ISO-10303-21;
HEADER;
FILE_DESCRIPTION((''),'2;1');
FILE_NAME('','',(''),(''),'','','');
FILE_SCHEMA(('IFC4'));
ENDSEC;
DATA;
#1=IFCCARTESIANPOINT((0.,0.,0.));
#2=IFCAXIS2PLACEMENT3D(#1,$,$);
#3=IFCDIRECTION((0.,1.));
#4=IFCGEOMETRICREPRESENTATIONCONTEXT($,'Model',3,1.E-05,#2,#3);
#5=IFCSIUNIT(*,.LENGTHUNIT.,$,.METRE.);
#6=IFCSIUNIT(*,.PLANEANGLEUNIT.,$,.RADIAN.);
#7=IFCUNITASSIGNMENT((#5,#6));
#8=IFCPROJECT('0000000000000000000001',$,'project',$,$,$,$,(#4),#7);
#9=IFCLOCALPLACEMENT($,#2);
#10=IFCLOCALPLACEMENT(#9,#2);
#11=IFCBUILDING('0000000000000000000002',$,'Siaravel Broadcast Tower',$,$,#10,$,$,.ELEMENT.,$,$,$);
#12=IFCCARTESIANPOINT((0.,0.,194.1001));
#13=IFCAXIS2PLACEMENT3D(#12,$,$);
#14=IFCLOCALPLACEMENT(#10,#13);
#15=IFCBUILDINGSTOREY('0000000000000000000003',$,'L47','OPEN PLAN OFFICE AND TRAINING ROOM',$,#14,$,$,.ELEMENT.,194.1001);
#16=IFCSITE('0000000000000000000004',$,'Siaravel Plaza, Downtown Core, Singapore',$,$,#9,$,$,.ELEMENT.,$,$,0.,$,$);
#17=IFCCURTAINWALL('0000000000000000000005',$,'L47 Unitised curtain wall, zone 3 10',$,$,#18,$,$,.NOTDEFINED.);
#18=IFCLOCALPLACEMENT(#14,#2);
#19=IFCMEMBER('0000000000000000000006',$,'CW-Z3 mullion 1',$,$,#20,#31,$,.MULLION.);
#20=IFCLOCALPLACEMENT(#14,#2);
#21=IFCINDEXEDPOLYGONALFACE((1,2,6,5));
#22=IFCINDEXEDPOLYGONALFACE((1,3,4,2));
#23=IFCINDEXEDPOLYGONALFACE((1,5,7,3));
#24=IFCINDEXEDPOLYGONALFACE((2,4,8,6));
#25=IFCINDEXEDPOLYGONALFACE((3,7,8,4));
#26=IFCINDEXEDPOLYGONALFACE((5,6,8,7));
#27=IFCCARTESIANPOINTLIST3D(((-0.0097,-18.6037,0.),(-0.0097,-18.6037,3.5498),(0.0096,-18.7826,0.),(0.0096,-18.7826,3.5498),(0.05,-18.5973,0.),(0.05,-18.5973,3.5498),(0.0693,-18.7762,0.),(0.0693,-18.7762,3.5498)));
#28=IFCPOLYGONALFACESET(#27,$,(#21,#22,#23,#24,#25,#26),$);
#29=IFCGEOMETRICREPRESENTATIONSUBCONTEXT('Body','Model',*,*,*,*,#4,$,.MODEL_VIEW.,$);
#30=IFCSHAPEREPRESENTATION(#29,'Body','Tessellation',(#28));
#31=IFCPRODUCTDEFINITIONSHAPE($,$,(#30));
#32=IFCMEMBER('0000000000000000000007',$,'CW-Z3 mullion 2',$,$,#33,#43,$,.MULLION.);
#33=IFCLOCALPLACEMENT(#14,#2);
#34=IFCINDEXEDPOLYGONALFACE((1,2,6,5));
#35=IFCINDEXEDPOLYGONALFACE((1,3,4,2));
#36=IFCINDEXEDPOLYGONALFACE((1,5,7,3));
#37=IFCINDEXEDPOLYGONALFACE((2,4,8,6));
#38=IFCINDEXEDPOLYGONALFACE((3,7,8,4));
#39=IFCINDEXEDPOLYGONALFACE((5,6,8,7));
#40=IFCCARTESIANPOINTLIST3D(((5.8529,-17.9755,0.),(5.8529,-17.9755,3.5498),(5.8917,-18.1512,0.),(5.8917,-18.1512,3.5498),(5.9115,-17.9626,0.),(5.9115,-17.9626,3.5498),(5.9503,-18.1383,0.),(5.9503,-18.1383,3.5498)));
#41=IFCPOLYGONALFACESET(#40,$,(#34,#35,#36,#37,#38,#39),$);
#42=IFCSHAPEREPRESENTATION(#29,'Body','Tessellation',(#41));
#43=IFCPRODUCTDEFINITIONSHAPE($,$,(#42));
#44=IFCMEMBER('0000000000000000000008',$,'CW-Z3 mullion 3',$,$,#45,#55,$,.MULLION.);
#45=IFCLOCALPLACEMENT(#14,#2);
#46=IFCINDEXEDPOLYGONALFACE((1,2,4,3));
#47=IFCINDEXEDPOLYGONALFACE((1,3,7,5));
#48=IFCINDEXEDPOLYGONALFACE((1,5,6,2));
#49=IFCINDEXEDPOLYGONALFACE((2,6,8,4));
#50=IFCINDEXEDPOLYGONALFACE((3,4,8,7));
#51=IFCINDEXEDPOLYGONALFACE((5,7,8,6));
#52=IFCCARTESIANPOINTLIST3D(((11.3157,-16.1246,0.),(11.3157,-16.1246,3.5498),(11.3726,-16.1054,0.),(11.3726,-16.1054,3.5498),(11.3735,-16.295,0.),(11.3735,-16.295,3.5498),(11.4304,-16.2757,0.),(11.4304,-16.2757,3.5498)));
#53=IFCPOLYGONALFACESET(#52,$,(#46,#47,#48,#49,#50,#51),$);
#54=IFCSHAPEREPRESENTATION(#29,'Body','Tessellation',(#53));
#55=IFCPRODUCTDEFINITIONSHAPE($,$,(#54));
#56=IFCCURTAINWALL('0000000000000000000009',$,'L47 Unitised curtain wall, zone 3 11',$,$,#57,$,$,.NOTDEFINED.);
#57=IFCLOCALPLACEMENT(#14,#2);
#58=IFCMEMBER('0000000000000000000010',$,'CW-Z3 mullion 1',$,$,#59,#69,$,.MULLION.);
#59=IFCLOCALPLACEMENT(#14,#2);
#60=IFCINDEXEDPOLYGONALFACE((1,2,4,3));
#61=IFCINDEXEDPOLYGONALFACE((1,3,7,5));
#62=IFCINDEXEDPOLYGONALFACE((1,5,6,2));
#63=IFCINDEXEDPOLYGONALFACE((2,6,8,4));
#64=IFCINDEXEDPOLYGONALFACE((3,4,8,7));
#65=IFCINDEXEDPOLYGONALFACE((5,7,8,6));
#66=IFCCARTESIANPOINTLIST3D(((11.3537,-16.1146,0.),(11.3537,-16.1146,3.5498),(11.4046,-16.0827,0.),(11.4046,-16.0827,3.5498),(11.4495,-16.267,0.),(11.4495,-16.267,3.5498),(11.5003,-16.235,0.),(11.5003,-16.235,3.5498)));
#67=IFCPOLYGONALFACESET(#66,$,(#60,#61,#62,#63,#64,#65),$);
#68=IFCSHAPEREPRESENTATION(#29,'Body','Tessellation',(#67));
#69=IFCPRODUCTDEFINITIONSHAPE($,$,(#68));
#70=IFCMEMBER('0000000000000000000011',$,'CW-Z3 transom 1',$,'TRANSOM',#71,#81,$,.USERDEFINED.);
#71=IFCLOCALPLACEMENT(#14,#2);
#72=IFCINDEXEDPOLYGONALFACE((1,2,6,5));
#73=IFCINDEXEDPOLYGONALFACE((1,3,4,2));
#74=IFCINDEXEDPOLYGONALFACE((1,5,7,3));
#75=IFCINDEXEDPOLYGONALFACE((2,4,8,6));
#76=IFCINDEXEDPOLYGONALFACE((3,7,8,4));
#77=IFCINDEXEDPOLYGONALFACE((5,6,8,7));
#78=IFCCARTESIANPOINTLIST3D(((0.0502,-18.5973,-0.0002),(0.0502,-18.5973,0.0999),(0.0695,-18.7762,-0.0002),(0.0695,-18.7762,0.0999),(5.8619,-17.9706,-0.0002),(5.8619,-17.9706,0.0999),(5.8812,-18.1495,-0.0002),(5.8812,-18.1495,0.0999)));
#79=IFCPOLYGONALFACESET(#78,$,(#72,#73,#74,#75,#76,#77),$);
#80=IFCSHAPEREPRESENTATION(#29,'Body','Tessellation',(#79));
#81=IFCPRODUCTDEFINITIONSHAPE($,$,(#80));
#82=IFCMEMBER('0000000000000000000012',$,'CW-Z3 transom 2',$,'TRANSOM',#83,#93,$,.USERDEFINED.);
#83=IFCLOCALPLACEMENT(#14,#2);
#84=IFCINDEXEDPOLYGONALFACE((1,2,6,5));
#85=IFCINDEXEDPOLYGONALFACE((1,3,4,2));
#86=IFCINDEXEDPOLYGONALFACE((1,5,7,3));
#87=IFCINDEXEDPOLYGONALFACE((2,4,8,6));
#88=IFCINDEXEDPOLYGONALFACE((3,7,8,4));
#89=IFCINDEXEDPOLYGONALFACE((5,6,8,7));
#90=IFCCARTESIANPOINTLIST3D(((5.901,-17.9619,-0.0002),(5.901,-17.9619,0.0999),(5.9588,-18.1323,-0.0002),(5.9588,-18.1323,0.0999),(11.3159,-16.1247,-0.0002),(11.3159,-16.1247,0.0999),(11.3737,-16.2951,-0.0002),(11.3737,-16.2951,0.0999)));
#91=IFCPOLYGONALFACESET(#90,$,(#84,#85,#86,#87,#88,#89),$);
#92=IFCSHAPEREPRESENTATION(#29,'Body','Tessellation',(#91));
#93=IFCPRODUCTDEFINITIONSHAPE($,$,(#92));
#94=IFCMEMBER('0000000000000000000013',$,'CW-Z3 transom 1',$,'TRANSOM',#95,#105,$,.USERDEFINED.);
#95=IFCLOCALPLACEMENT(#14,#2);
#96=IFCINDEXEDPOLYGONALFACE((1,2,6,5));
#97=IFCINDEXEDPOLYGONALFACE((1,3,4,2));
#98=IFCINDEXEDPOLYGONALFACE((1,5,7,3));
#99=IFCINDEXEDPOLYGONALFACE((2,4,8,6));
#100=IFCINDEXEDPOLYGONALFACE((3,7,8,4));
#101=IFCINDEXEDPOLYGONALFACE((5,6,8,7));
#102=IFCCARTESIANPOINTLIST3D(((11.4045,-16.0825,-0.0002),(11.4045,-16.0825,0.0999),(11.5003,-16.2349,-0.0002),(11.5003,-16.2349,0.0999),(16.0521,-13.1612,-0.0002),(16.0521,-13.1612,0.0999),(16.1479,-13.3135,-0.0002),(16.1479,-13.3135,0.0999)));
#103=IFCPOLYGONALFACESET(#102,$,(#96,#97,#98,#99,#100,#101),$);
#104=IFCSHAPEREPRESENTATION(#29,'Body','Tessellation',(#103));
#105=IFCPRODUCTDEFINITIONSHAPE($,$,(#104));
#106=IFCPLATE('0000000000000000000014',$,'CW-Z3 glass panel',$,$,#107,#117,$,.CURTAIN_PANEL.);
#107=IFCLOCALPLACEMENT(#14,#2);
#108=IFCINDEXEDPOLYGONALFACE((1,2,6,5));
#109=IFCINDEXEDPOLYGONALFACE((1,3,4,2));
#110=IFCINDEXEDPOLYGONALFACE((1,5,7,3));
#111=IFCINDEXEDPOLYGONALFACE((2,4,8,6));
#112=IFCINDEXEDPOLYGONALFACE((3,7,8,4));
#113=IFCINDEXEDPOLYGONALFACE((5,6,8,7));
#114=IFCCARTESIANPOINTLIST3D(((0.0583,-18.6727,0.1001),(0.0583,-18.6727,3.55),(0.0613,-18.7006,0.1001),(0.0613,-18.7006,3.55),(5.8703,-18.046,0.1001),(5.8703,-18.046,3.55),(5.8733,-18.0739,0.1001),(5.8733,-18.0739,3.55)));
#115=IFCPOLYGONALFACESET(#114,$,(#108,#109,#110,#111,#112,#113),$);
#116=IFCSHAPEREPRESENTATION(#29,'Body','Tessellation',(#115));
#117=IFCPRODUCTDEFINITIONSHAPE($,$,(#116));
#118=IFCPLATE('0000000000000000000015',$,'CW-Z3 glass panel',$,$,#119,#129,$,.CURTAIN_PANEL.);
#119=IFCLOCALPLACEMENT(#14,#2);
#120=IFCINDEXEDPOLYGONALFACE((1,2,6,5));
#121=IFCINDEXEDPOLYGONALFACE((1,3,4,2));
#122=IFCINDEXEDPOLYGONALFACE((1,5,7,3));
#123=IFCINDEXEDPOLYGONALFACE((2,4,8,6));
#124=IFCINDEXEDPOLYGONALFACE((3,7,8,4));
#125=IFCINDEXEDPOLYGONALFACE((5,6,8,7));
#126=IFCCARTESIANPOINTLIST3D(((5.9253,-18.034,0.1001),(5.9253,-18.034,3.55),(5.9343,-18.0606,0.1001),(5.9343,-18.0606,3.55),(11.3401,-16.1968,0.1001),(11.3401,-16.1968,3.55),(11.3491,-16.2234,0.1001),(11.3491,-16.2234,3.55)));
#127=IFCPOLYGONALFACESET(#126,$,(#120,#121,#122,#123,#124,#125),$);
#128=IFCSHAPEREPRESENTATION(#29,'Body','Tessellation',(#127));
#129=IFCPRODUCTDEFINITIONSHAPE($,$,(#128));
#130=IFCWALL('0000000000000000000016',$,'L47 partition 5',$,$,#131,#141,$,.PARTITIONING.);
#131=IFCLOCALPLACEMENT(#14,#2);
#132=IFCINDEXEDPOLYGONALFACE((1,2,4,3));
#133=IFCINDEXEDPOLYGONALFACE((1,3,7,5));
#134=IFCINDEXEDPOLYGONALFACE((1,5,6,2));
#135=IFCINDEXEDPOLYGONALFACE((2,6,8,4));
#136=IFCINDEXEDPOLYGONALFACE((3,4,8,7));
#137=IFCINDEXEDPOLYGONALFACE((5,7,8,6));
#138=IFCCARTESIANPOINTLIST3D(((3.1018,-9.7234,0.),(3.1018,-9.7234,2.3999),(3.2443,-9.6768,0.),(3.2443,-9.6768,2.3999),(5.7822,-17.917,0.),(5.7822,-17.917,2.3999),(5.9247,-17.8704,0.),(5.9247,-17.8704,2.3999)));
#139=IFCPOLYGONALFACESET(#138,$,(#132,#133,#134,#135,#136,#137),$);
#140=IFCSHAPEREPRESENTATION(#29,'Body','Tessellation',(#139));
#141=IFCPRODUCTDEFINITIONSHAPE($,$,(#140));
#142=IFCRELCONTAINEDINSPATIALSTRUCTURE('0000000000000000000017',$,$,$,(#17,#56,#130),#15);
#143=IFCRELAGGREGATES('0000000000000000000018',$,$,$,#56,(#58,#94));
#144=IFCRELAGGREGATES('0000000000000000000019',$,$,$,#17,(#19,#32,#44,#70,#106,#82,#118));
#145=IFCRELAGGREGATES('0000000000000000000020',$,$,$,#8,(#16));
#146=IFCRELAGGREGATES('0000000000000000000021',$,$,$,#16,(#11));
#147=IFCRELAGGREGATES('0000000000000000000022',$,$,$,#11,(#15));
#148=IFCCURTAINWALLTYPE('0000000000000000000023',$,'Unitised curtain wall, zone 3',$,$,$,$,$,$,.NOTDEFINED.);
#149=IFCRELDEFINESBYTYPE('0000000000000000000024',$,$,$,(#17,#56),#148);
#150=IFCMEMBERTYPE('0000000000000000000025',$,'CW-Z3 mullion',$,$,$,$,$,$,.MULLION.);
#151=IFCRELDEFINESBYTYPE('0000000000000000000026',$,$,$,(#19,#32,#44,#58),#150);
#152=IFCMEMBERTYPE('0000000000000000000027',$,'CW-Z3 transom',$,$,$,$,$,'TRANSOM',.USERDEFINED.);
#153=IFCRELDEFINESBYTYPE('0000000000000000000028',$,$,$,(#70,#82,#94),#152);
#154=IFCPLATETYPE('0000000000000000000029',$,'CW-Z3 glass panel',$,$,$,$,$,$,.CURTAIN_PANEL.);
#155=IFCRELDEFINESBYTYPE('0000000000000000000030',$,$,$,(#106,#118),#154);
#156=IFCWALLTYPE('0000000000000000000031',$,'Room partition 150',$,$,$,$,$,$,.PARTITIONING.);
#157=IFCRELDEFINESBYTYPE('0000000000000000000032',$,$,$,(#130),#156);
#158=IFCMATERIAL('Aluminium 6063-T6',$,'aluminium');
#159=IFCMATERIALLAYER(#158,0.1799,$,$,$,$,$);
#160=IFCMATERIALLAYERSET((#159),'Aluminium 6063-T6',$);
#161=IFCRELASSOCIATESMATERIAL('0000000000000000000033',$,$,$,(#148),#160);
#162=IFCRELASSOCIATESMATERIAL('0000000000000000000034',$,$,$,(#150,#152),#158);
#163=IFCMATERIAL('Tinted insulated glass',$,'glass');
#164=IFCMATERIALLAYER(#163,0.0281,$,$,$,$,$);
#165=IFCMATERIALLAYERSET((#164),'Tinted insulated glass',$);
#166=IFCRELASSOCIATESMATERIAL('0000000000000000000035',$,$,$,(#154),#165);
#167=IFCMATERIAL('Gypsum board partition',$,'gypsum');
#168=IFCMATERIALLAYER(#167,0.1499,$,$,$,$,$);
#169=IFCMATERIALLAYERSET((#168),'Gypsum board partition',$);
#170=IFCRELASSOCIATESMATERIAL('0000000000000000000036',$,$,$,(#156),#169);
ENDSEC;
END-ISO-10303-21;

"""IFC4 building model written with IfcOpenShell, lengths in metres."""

from ifc_helpers import new_model, si_unit, direction, frame, frame_2d, origin, origin_2d, place, context, subcontext, project, spatial, rectangle, extrude, material, layer, layer_set, material_profile, profile_set, type_object, element, aggregate, save


model = new_model("IFC4")

# Units and contexts
model_context = context("Model", 3, precision=1e-05, world=origin(), true_north=direction((0.0, 1.0)))
body_context = subcontext(model_context, "Body", "Model", "MODEL_VIEW")
ifc_project = project(units=[si_unit("LENGTHUNIT", "METRE"), si_unit("PLANEANGLEUNIT", "RADIAN")], contexts=[model_context])

# Site, building, storey
site_placement = place(None, origin())
site = spatial("IfcSite", under=ifc_project, at=site_placement, Name="Siaravel Plaza, Downtown Core, Singapore", CompositionType="ELEMENT", RefElevation=0.0)
building_placement = place(site_placement, origin())
building = spatial("IfcBuilding", under=site, at=building_placement, Name="Siaravel Broadcast Tower", CompositionType="ELEMENT")
storey_placement = place(building_placement, frame((0.0, 0.0, 194.1001)))
storey = spatial("IfcBuildingStorey", under=building, at=storey_placement, Name="L47", Description="OPEN PLAN OFFICE AND TRAINING ROOM", CompositionType="ELEMENT", Elevation=194.1001)

# Curtain wall, members
ifc_material_1 = material(Name="Aluminium 6063-T6", Category="aluminium")
ifc_layer_1 = layer(ifc_material_1, 0.1799)
ifc_layer_set_1 = layer_set([ifc_layer_1], Name="Aluminium 6063-T6")
curtain_wall_type = type_object("IfcCurtainWallType", Name="Unitised curtain wall, zone 3", PredefinedType="NOTDEFINED", material=ifc_layer_set_1)
curtain_wall_1_placement = place(storey_placement, origin())
curtain_wall_1 = element("IfcCurtainWall", 1, at=curtain_wall_1_placement, inside=storey, type_object=curtain_wall_type, Name="L47 Unitised curtain wall, zone 3 10", PredefinedType="NOTDEFINED")
ifc_material_profile_1 = material_profile(ifc_material_1, rectangle(XDim=0.1799, YDim=0.0601, at=origin_2d()))
ifc_profile_set_1 = profile_set([ifc_material_profile_1], Name="Aluminium 6063-T6")
member_type_1 = type_object("IfcMemberType", Name="CW-Z3 mullion", PredefinedType="MULLION", material=ifc_profile_set_1)
member_1_placement = place(storey_placement, frame((0.0298, -18.6899, 0.0), z_axis=(0.0, 0.0, 1.0), x_axis=(-0.107217, 0.994236, 0.0)))
member_1 = element("IfcMember", 2, at=member_1_placement, type_object=member_type_1, Name="CW-Z3 mullion 1", PredefinedType="MULLION", context=body_context, shape_type="SweptSolid", body=[
    extrude(rectangle(XDim=0.1799, YDim=0.0601, at=origin_2d()), origin(), (0.0, 0.0, 1.0), 3.5498),
])
member_2_placement = place(storey_placement, frame((5.9016, -18.0569, 0.0), z_axis=(0.0, 0.0, 1.0), x_axis=(-0.215558, 0.976491, 0.0)))
member_2 = element("IfcMember", 3, at=member_2_placement, type_object=member_type_1, Name="CW-Z3 mullion 2", PredefinedType="MULLION", context=body_context, shape_type="SweptSolid", body=[
    extrude(rectangle(XDim=0.1799, YDim=0.0601, at=origin_2d()), origin(), (0.0, 0.0, 1.0), 3.5498),
])
member_3_placement = place(storey_placement, frame((11.373, -16.2002, 0.0), z_axis=(0.0, 0.0, 1.0), x_axis=(-0.3213, 0.946977, 0.0)))
member_3 = element("IfcMember", 4, at=member_3_placement, type_object=member_type_1, Name="CW-Z3 mullion 3", PredefinedType="MULLION", context=body_context, shape_type="SweptSolid", body=[
    extrude(rectangle(XDim=0.1799, YDim=0.0601, at=origin_2d()), origin(), (0.0, 0.0, 1.0), 3.5498),
])

# Curtain wall, member
curtain_wall_2_placement = place(storey_placement, origin())
curtain_wall_2 = element("IfcCurtainWall", 5, at=curtain_wall_2_placement, inside=storey, type_object=curtain_wall_type, Name="L47 Unitised curtain wall, zone 3 11", PredefinedType="NOTDEFINED")
member_4_placement = place(storey_placement, frame((11.427, -16.1748, 0.0), z_axis=(0.0, 0.0, 1.0), x_axis=(-0.532149, 0.846651, 0.0)))
member_4 = element("IfcMember", 6, at=member_4_placement, type_object=member_type_1, Name="CW-Z3 mullion 1", PredefinedType="MULLION", context=body_context, shape_type="SweptSolid", body=[
    extrude(rectangle(XDim=0.1799, YDim=0.0601, at=origin_2d()), origin(), (0.0, 0.0, 1.0), 3.5498),
])

# Members
ifc_material_profile_2 = material_profile(ifc_material_1, rectangle(XDim=0.1799, YDim=0.1001, at=origin_2d()))
ifc_profile_set_2 = profile_set([ifc_material_profile_2], Name="Aluminium 6063-T6")
member_type_2 = type_object("IfcMemberType", Name="CW-Z3 transom", ElementType="TRANSOM", PredefinedType="USERDEFINED", material=ifc_profile_set_2)
member_5_placement = place(storey_placement, frame((0.0598, -18.6868, 0.0498), z_axis=(0.994236, 0.107213, 0.0), x_axis=(-0.107213, 0.994236, 0.0)))
member_5 = element("IfcMember", 7, at=member_5_placement, type_object=member_type_2, Name="CW-Z3 transom 1", ObjectType="TRANSOM", PredefinedType="USERDEFINED", context=body_context, shape_type="SweptSolid", body=[
    extrude(rectangle(XDim=0.1799, YDim=0.1001, at=origin_2d()), origin(), (0.0, 0.0, 1.0), 5.8455),
])
member_6_placement = place(storey_placement, frame((5.9299, -18.0471, 0.0498), z_axis=(0.946979, 0.321296, 0.0), x_axis=(-0.321296, 0.946979, 0.0)))
member_6 = element("IfcMember", 8, at=member_6_placement, type_object=member_type_2, Name="CW-Z3 transom 2", ObjectType="TRANSOM", PredefinedType="USERDEFINED", context=body_context, shape_type="SweptSolid", body=[
    extrude(rectangle(XDim=0.1799, YDim=0.1001, at=origin_2d()), origin(), (0.0, 0.0, 1.0), 5.718),
])
member_7_placement = place(storey_placement, frame((11.4524, -16.1587, 0.0498), z_axis=(0.846639, 0.532168, 0.0), x_axis=(-0.532168, 0.846639, 0.0)))
member_7 = element("IfcMember", 9, at=member_7_placement, type_object=member_type_2, Name="CW-Z3 transom 1", ObjectType="TRANSOM", PredefinedType="USERDEFINED", context=body_context, shape_type="SweptSolid", body=[
    extrude(rectangle(XDim=0.1799, YDim=0.1001, at=origin_2d()), origin(), (0.0, 0.0, 1.0), 5.4895),
])
aggregate(curtain_wall_2, [member_4, member_7])

# Plates
ifc_material_2 = material(Name="Tinted insulated glass", Category="glass")
ifc_layer_2 = layer(ifc_material_2, 0.0281)
ifc_layer_set_2 = layer_set([ifc_layer_2], Name="Tinted insulated glass")
plate_type = type_object("IfcPlateType", Name="CW-Z3 glass panel", PredefinedType="CURTAIN_PANEL", material=ifc_layer_set_2)
plate_1_placement = place(storey_placement, frame((2.9658, -18.3733, 0.1001), z_axis=(0.0, 0.0, 1.0), x_axis=(0.994236, 0.107217, 0.0)))
plate_1 = element("IfcPlate", 10, at=plate_1_placement, type_object=plate_type, Name="CW-Z3 glass panel", PredefinedType="CURTAIN_PANEL", context=body_context, shape_type="SweptSolid", body=[
    extrude(rectangle(XDim=5.8457, YDim=0.0281, at=origin_2d()), origin(), (0.0, 0.0, 1.0), 3.45),
])
plate_2_placement = place(storey_placement, frame((8.6372, -17.1287, 0.1001), z_axis=(0.0, 0.0, 1.0), x_axis=(0.946977, 0.3213, 0.0)))
plate_2 = element("IfcPlate", 11, at=plate_2_placement, type_object=plate_type, Name="CW-Z3 glass panel", PredefinedType="CURTAIN_PANEL", context=body_context, shape_type="SweptSolid", body=[
    extrude(rectangle(XDim=5.718, YDim=0.0281, at=origin_2d()), origin(), (0.0, 0.0, 1.0), 3.45),
])
aggregate(curtain_wall_1, [member_1, member_2, member_3, member_5, plate_1, member_6, plate_2])

# Wall
ifc_material_3 = material(Name="Gypsum board partition", Category="gypsum")
ifc_layer_3 = layer(ifc_material_3, 0.1499)
ifc_layer_set_3 = layer_set([ifc_layer_3], Name="Gypsum board partition")
wall_type = type_object("IfcWallType", Name="Room partition 150", PredefinedType="PARTITIONING", material=ifc_layer_set_3)
wall_placement = place(storey_placement, frame((5.8535, -17.8938, 0.0), z_axis=(0.0, 0.0, 1.0), x_axis=(-0.310921, 0.950436, 0.0)))
element("IfcWall", 12, at=wall_placement, inside=storey, type_object=wall_type, Name="L47 partition 5", PredefinedType="PARTITIONING", context=body_context, shape_type="SweptSolid", body=[
    extrude(rectangle(XDim=8.6208, YDim=0.1499, at=frame_2d((4.3105, 0.0))), origin(), (0.0, 0.0, 1.0), 2.3999),
])

save(model, "model.ifc")
